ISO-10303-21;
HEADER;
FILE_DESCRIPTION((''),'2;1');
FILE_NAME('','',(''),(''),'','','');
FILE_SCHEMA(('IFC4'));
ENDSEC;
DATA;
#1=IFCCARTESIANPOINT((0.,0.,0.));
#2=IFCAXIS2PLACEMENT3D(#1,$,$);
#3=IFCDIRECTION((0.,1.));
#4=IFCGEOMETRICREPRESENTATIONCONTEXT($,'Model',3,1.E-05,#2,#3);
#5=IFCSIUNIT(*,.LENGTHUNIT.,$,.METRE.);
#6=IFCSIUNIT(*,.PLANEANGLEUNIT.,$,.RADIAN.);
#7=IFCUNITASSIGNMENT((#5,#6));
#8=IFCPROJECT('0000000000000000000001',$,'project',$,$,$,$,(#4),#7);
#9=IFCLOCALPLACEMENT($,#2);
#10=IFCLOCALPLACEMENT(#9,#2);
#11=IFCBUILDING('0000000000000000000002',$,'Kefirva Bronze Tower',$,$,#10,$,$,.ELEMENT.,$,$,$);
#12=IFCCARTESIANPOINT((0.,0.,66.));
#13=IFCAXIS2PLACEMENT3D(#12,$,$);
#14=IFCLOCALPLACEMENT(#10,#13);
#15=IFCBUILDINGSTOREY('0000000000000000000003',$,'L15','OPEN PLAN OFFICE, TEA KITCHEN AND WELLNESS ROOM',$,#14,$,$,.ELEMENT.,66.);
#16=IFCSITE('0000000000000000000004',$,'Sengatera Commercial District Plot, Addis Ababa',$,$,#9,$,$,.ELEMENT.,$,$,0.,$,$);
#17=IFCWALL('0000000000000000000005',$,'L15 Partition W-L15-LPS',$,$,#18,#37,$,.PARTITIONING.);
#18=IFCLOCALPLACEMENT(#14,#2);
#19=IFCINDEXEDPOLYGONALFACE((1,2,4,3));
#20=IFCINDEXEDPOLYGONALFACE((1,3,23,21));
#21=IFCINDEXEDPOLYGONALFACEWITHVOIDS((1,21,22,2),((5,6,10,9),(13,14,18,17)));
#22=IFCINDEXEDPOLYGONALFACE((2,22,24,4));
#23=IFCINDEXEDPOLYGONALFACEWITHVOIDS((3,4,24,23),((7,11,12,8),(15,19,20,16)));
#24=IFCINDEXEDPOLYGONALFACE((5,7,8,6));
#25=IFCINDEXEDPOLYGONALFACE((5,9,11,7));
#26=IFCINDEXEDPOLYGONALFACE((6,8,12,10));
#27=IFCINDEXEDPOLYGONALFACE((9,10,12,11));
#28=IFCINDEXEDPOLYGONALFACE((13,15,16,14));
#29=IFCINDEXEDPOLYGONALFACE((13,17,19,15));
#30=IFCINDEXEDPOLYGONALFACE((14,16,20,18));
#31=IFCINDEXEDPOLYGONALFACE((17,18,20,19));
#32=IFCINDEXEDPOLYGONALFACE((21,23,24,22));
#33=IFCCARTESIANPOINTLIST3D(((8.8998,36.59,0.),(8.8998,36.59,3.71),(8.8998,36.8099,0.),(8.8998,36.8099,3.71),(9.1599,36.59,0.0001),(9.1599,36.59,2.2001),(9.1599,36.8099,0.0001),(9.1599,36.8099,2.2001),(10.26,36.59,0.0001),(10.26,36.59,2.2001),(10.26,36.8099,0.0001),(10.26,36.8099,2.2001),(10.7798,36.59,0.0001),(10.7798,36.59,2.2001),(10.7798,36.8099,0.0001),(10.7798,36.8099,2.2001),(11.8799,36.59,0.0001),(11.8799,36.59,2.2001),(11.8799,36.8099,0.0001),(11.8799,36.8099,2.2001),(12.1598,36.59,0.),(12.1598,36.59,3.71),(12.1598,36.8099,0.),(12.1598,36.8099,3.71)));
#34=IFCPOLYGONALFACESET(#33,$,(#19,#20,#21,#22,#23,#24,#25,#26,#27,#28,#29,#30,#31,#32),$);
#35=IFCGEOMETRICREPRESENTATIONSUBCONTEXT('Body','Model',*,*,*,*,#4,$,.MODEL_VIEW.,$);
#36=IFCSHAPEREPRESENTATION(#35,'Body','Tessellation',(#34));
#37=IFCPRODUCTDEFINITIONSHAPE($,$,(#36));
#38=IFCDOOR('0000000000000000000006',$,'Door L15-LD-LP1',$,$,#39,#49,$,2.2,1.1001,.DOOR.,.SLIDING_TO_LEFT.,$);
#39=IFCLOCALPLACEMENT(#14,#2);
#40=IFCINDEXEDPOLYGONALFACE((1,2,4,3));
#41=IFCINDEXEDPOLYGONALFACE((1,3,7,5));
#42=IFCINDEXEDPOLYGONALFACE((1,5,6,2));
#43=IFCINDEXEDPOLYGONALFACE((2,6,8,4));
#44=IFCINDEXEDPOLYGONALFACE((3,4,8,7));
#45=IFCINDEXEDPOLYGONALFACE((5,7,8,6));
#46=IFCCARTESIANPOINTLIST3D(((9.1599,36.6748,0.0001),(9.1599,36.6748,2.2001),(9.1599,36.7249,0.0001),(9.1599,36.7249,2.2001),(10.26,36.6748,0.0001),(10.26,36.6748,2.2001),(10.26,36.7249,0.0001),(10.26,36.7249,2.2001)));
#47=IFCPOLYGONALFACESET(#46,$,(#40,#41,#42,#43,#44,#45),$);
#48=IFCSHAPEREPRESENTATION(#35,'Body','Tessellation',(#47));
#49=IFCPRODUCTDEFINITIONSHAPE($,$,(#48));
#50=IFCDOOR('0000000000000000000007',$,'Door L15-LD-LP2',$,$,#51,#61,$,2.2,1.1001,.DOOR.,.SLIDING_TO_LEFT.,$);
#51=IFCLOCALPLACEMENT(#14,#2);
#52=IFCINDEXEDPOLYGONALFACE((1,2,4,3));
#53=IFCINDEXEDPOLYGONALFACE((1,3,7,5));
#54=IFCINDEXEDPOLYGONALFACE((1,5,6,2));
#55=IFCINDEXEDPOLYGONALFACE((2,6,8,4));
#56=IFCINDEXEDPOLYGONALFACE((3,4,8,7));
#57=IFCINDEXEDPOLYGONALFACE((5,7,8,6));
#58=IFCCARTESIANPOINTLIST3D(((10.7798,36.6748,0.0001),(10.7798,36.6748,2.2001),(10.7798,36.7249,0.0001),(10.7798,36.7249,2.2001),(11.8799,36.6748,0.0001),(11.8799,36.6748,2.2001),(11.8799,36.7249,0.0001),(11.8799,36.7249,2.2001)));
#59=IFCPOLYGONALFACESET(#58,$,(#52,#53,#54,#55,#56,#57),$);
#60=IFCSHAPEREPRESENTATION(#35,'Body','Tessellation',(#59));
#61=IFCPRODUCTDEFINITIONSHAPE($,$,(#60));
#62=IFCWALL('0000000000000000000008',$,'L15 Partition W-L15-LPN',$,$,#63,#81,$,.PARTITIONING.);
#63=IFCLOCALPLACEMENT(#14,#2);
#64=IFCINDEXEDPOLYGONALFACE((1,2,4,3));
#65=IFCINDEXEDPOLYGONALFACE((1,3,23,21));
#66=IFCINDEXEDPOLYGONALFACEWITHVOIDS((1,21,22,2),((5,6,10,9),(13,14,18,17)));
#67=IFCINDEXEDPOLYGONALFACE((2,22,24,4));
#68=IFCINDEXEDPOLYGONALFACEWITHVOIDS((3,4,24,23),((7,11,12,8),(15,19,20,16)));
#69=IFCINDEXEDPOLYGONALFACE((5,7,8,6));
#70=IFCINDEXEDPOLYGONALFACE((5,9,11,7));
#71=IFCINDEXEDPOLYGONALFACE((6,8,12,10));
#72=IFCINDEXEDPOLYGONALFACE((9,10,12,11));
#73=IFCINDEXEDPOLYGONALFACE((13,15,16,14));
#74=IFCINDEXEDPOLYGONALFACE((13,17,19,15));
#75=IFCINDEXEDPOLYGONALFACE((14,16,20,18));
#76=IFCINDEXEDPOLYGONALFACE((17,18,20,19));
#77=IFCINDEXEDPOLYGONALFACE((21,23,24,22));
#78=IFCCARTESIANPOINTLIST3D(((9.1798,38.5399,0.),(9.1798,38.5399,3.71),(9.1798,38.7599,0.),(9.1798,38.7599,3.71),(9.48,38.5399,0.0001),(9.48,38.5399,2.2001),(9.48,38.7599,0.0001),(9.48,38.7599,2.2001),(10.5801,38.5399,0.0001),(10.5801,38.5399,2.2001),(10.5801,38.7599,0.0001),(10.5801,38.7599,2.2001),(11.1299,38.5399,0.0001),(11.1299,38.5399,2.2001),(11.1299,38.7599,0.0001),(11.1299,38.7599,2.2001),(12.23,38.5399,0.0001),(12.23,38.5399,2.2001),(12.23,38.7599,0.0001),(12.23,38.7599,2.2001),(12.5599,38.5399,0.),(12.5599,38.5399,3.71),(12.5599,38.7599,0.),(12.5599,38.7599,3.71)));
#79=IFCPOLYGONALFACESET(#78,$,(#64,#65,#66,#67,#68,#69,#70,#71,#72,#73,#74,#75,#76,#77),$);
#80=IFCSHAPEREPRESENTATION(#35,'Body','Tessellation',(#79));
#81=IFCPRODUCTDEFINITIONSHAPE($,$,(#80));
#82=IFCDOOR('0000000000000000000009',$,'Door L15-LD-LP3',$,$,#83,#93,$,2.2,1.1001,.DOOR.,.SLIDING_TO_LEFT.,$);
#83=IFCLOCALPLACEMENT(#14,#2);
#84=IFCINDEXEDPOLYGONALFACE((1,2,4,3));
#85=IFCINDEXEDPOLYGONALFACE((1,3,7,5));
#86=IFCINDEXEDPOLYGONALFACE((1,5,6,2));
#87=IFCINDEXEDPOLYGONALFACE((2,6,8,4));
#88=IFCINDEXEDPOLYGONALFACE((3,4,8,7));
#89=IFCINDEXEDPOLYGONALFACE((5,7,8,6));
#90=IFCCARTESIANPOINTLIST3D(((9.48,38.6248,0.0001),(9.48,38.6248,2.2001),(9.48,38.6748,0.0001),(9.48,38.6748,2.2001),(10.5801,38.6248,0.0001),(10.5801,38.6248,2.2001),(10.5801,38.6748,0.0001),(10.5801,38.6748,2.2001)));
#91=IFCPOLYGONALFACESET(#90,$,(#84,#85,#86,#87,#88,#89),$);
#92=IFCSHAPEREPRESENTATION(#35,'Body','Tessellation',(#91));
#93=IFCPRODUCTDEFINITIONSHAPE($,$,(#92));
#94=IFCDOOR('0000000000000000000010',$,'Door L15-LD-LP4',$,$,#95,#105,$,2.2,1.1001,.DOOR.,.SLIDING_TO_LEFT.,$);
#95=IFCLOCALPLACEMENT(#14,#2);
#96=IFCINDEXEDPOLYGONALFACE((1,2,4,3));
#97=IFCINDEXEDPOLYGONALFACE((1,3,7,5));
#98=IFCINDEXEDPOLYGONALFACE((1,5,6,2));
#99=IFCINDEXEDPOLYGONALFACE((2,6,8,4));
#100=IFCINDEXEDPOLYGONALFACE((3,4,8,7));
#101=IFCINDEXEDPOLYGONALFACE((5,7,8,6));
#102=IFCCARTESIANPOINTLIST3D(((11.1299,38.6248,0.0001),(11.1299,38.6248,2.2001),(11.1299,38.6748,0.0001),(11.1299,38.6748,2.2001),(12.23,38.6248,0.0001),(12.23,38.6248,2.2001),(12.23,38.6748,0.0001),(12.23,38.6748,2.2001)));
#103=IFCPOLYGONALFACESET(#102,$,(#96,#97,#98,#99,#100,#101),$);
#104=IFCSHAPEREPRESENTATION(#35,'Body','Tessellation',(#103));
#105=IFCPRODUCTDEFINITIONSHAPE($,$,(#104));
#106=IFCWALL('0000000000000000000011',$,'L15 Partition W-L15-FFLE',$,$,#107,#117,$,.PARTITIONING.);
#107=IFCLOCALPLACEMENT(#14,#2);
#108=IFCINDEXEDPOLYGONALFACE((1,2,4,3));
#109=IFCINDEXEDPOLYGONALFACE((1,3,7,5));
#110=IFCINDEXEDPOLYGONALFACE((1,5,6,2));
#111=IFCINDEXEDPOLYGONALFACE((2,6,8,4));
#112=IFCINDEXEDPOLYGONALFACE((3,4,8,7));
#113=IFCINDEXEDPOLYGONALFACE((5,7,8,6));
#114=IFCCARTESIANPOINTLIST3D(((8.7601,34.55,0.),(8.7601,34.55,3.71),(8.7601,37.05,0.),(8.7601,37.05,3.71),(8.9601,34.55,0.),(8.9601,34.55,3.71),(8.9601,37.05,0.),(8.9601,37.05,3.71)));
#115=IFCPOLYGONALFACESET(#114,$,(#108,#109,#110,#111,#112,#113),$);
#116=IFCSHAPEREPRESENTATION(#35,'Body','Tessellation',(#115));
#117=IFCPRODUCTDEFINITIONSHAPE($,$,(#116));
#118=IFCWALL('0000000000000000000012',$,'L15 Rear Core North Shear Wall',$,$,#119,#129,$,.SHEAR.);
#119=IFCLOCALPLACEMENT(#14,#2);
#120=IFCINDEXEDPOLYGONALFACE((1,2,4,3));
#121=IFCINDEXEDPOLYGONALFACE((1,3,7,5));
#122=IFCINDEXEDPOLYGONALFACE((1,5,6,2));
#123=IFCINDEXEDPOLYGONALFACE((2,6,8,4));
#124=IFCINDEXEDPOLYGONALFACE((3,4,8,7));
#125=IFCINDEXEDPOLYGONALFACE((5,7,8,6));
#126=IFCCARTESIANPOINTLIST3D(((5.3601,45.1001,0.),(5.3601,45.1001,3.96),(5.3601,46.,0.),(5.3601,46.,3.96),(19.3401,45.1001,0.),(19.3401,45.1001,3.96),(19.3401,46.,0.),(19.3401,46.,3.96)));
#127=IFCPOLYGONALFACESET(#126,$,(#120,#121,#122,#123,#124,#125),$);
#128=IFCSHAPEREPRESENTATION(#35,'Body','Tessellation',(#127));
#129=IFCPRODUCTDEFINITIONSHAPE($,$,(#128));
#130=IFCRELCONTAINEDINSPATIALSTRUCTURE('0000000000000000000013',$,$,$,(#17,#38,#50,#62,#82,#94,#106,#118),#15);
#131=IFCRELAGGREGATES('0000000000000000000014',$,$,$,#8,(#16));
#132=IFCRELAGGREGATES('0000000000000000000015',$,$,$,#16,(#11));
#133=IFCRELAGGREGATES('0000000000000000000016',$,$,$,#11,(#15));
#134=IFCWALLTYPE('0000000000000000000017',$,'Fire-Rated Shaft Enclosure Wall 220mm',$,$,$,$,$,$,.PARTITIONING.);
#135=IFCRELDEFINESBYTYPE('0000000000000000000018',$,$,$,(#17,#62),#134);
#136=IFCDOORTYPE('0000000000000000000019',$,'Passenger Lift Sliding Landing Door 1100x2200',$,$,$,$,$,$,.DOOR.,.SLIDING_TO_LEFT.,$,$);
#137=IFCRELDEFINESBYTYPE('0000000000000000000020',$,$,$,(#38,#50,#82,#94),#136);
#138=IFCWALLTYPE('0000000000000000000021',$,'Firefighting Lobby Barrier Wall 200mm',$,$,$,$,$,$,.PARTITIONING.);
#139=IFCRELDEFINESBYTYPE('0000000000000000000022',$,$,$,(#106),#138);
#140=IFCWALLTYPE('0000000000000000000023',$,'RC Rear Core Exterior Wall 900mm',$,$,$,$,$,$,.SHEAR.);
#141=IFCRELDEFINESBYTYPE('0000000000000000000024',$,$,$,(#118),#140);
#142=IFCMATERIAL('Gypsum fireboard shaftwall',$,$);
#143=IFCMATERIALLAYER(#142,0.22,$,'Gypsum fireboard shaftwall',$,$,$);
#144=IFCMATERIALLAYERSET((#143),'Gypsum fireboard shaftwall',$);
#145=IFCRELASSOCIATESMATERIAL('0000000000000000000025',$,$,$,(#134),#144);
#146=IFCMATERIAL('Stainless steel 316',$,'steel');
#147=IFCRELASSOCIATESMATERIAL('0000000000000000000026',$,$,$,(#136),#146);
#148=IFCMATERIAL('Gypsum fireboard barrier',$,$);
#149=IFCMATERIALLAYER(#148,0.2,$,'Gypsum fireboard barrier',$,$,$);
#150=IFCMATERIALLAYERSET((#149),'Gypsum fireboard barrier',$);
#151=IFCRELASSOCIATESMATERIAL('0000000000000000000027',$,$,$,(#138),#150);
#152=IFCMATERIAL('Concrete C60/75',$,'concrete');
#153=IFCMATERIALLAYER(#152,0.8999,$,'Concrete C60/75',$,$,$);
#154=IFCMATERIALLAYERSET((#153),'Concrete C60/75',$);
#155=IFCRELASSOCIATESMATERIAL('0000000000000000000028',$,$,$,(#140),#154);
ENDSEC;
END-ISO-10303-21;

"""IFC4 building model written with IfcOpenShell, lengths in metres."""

from ifc_helpers import new_model, si_unit, direction, frame, frame_2d, origin, place, context, subcontext, project, spatial, rectangle, extrude, material, layer, layer_set, type_object, element, fill, save


model = new_model("IFC4")

# Units and contexts
model_context = context("Model", 3, precision=1e-05, world=origin(), true_north=direction((0.0, 1.0)))
body_context = subcontext(model_context, "Body", "Model", "MODEL_VIEW")
ifc_project = project(units=[si_unit("LENGTHUNIT", "METRE"), si_unit("PLANEANGLEUNIT", "RADIAN")], contexts=[model_context])

# Site, building, storey
site_placement = place(None, origin())
site = spatial("IfcSite", under=ifc_project, at=site_placement, Name="Sengatera Commercial District Plot, Addis Ababa", CompositionType="ELEMENT", RefElevation=0.0)
building_placement = place(site_placement, origin())
building = spatial("IfcBuilding", under=site, at=building_placement, Name="Kefirva Bronze Tower", CompositionType="ELEMENT")
storey_placement = place(building_placement, frame((0.0, 0.0, 66.0)))
storey = spatial("IfcBuildingStorey", under=building, at=storey_placement, Name="L15", Description="OPEN PLAN OFFICE, TEA KITCHEN AND WELLNESS ROOM", CompositionType="ELEMENT", Elevation=66.0)

# Shared definitions
ifc_material_1 = material(Name="Concrete C60/75", Category="concrete")

# Shared definitions
ifc_material_2 = material(Name="Gypsum fireboard shaftwall")
ifc_layer_1 = layer(ifc_material_2, 0.22, Name="Gypsum fireboard shaftwall")
ifc_layer_set_1 = layer_set([ifc_layer_1], Name="Gypsum fireboard shaftwall")
wall_type_1 = type_object("IfcWallType", Name="Fire-Rated Shaft Enclosure Wall 220mm", PredefinedType="PARTITIONING", material=ifc_layer_set_1)
ifc_material_3 = material(Name="Stainless steel 316", Category="steel")

# Walls, openings, doors
wall_1_placement = place(storey_placement, frame((8.8999, 36.7, 0.0), z_axis=(0.0, 0.0, 1.0), x_axis=(1.0, 0.0, 0.0)))
wall_1 = element("IfcWall", 1, at=wall_1_placement, inside=storey, type_object=wall_type_1, Name="L15 Partition W-L15-LPS", PredefinedType="PARTITIONING", context=body_context, shape_type="SweptSolid", body=[
    extrude(rectangle(XDim=3.26, YDim=0.22, at=frame_2d((1.6299, 0.0))), origin(), (0.0, 0.0, 1.0), 3.71),
])
opening_1_placement = place(wall_1_placement, frame((0.26, 0.0, 0.0)))
opening_1 = element("IfcOpeningElement", 2, at=opening_1_placement, cuts=wall_1, PredefinedType="OPENING", context=body_context, shape_type="SweptSolid", body=[
    extrude(rectangle(XDim=1.1001, YDim=2.2, at=frame_2d((0.55, 1.1001))), frame((0.0, 0.1201, 0.0), z_axis=(0.0, -1.0, 0.0), x_axis=(1.0, 0.0, 0.0)), (0.0, 0.0, 1.0), 0.24),
])
opening_2_placement = place(wall_1_placement, frame((1.8799, 0.0, 0.0)))
opening_2 = element("IfcOpeningElement", 3, at=opening_2_placement, cuts=wall_1, PredefinedType="OPENING", context=body_context, shape_type="SweptSolid", body=[
    extrude(rectangle(XDim=1.1001, YDim=2.2, at=frame_2d((0.55, 1.1001))), frame((0.0, 0.1201, 0.0), z_axis=(0.0, -1.0, 0.0), x_axis=(1.0, 0.0, 0.0)), (0.0, 0.0, 1.0), 0.24),
])
door_type_1 = type_object("IfcDoorType", Name="Passenger Lift Sliding Landing Door 1100x2200", OperationType="SLIDING_TO_LEFT", PredefinedType="DOOR", material=ifc_material_3)
door_1_placement = place(opening_1_placement, origin())
door_1 = element("IfcDoor", 4, at=door_1_placement, inside=storey, type_object=door_type_1, Name="Door L15-LD-LP1", OperationType="SLIDING_TO_LEFT", OverallHeight=2.2, OverallWidth=1.1001, PredefinedType="DOOR", context=body_context, shape_type="SweptSolid", body=[
    extrude(rectangle(XDim=1.1001, YDim=2.2, at=frame_2d((0.55, 1.1001))), frame((0.0, 0.0249, 0.0), z_axis=(0.0, -1.0, 0.0), x_axis=(1.0, 0.0, 0.0)), (0.0, 0.0, 1.0), 0.05),
])
fill(opening_1, door_1)
door_2_placement = place(opening_2_placement, origin())
door_2 = element("IfcDoor", 5, at=door_2_placement, inside=storey, type_object=door_type_1, Name="Door L15-LD-LP2", OperationType="SLIDING_TO_LEFT", OverallHeight=2.2, OverallWidth=1.1001, PredefinedType="DOOR", context=body_context, shape_type="SweptSolid", body=[
    extrude(rectangle(XDim=1.1001, YDim=2.2, at=frame_2d((0.55, 1.1001))), frame((0.0, 0.0249, 0.0), z_axis=(0.0, -1.0, 0.0), x_axis=(1.0, 0.0, 0.0)), (0.0, 0.0, 1.0), 0.05),
])
fill(opening_2, door_2)
wall_2_placement = place(storey_placement, frame((9.1799, 38.6499, 0.0), z_axis=(0.0, 0.0, 1.0), x_axis=(1.0, 0.0, 0.0)))
wall_2 = element("IfcWall", 6, at=wall_2_placement, inside=storey, type_object=wall_type_1, Name="L15 Partition W-L15-LPN", PredefinedType="PARTITIONING", context=body_context, shape_type="SweptSolid", body=[
    extrude(rectangle(XDim=3.3801, YDim=0.22, at=frame_2d((1.6899, 0.0))), origin(), (0.0, 0.0, 1.0), 3.71),
])
opening_3_placement = place(wall_2_placement, frame((0.3, 0.0, 0.0)))
opening_3 = element("IfcOpeningElement", 7, at=opening_3_placement, cuts=wall_2, PredefinedType="OPENING", context=body_context, shape_type="SweptSolid", body=[
    extrude(rectangle(XDim=1.1001, YDim=2.2, at=frame_2d((0.55, 1.1001))), frame((0.0, 0.1201, 0.0), z_axis=(0.0, -1.0, 0.0), x_axis=(1.0, 0.0, 0.0)), (0.0, 0.0, 1.0), 0.24),
])
opening_4_placement = place(wall_2_placement, frame((1.95, 0.0, 0.0)))
opening_4 = element("IfcOpeningElement", 8, at=opening_4_placement, cuts=wall_2, PredefinedType="OPENING", context=body_context, shape_type="SweptSolid", body=[
    extrude(rectangle(XDim=1.1001, YDim=2.2, at=frame_2d((0.55, 1.1001))), frame((0.0, 0.1201, 0.0), z_axis=(0.0, -1.0, 0.0), x_axis=(1.0, 0.0, 0.0)), (0.0, 0.0, 1.0), 0.24),
])
door_3_placement = place(opening_3_placement, origin())
door_3 = element("IfcDoor", 9, at=door_3_placement, inside=storey, type_object=door_type_1, Name="Door L15-LD-LP3", OperationType="SLIDING_TO_LEFT", OverallHeight=2.2, OverallWidth=1.1001, PredefinedType="DOOR", context=body_context, shape_type="SweptSolid", body=[
    extrude(rectangle(XDim=1.1001, YDim=2.2, at=frame_2d((0.55, 1.1001))), frame((0.0, 0.0249, 0.0), z_axis=(0.0, -1.0, 0.0), x_axis=(1.0, 0.0, 0.0)), (0.0, 0.0, 1.0), 0.05),
])
fill(opening_3, door_3)
door_4_placement = place(opening_4_placement, origin())
door_4 = element("IfcDoor", 10, at=door_4_placement, inside=storey, type_object=door_type_1, Name="Door L15-LD-LP4", OperationType="SLIDING_TO_LEFT", OverallHeight=2.2, OverallWidth=1.1001, PredefinedType="DOOR", context=body_context, shape_type="SweptSolid", body=[
    extrude(rectangle(XDim=1.1001, YDim=2.2, at=frame_2d((0.55, 1.1001))), frame((0.0, 0.0249, 0.0), z_axis=(0.0, -1.0, 0.0), x_axis=(1.0, 0.0, 0.0)), (0.0, 0.0, 1.0), 0.05),
])
fill(opening_4, door_4)

# Walls
ifc_material_4 = material(Name="Gypsum fireboard barrier")
ifc_layer_2 = layer(ifc_material_4, 0.2, Name="Gypsum fireboard barrier")
ifc_layer_set_2 = layer_set([ifc_layer_2], Name="Gypsum fireboard barrier")
wall_type_2 = type_object("IfcWallType", Name="Firefighting Lobby Barrier Wall 200mm", PredefinedType="PARTITIONING", material=ifc_layer_set_2)
wall_3_placement = place(storey_placement, frame((8.8601, 34.55, 0.0), z_axis=(0.0, 0.0, 1.0), x_axis=(0.0, 1.0, 0.0)))
element("IfcWall", 11, at=wall_3_placement, inside=storey, type_object=wall_type_2, Name="L15 Partition W-L15-FFLE", PredefinedType="PARTITIONING", context=body_context, shape_type="SweptSolid", body=[
    extrude(rectangle(XDim=2.5, YDim=0.2, at=frame_2d((1.25, 0.0))), origin(), (0.0, 0.0, 1.0), 3.71),
])
ifc_layer_3 = layer(ifc_material_1, 0.8999, Name="Concrete C60/75")
ifc_layer_set_3 = layer_set([ifc_layer_3], Name="Concrete C60/75")
wall_type_3 = type_object("IfcWallType", Name="RC Rear Core Exterior Wall 900mm", PredefinedType="SHEAR", material=ifc_layer_set_3)
wall_4_placement = place(storey_placement, frame((5.3601, 45.55, 0.0), z_axis=(0.0, 0.0, 1.0), x_axis=(1.0, 0.0, 0.0)))
element("IfcWall", 12, at=wall_4_placement, inside=storey, type_object=wall_type_3, Name="L15 Rear Core North Shear Wall", PredefinedType="SHEAR", context=body_context, shape_type="SweptSolid", body=[
    extrude(rectangle(XDim=13.98, YDim=0.8999, at=frame_2d((6.99, 0.0))), origin(), (0.0, 0.0, 1.0), 3.96),
])

save(model, "model.ifc")
